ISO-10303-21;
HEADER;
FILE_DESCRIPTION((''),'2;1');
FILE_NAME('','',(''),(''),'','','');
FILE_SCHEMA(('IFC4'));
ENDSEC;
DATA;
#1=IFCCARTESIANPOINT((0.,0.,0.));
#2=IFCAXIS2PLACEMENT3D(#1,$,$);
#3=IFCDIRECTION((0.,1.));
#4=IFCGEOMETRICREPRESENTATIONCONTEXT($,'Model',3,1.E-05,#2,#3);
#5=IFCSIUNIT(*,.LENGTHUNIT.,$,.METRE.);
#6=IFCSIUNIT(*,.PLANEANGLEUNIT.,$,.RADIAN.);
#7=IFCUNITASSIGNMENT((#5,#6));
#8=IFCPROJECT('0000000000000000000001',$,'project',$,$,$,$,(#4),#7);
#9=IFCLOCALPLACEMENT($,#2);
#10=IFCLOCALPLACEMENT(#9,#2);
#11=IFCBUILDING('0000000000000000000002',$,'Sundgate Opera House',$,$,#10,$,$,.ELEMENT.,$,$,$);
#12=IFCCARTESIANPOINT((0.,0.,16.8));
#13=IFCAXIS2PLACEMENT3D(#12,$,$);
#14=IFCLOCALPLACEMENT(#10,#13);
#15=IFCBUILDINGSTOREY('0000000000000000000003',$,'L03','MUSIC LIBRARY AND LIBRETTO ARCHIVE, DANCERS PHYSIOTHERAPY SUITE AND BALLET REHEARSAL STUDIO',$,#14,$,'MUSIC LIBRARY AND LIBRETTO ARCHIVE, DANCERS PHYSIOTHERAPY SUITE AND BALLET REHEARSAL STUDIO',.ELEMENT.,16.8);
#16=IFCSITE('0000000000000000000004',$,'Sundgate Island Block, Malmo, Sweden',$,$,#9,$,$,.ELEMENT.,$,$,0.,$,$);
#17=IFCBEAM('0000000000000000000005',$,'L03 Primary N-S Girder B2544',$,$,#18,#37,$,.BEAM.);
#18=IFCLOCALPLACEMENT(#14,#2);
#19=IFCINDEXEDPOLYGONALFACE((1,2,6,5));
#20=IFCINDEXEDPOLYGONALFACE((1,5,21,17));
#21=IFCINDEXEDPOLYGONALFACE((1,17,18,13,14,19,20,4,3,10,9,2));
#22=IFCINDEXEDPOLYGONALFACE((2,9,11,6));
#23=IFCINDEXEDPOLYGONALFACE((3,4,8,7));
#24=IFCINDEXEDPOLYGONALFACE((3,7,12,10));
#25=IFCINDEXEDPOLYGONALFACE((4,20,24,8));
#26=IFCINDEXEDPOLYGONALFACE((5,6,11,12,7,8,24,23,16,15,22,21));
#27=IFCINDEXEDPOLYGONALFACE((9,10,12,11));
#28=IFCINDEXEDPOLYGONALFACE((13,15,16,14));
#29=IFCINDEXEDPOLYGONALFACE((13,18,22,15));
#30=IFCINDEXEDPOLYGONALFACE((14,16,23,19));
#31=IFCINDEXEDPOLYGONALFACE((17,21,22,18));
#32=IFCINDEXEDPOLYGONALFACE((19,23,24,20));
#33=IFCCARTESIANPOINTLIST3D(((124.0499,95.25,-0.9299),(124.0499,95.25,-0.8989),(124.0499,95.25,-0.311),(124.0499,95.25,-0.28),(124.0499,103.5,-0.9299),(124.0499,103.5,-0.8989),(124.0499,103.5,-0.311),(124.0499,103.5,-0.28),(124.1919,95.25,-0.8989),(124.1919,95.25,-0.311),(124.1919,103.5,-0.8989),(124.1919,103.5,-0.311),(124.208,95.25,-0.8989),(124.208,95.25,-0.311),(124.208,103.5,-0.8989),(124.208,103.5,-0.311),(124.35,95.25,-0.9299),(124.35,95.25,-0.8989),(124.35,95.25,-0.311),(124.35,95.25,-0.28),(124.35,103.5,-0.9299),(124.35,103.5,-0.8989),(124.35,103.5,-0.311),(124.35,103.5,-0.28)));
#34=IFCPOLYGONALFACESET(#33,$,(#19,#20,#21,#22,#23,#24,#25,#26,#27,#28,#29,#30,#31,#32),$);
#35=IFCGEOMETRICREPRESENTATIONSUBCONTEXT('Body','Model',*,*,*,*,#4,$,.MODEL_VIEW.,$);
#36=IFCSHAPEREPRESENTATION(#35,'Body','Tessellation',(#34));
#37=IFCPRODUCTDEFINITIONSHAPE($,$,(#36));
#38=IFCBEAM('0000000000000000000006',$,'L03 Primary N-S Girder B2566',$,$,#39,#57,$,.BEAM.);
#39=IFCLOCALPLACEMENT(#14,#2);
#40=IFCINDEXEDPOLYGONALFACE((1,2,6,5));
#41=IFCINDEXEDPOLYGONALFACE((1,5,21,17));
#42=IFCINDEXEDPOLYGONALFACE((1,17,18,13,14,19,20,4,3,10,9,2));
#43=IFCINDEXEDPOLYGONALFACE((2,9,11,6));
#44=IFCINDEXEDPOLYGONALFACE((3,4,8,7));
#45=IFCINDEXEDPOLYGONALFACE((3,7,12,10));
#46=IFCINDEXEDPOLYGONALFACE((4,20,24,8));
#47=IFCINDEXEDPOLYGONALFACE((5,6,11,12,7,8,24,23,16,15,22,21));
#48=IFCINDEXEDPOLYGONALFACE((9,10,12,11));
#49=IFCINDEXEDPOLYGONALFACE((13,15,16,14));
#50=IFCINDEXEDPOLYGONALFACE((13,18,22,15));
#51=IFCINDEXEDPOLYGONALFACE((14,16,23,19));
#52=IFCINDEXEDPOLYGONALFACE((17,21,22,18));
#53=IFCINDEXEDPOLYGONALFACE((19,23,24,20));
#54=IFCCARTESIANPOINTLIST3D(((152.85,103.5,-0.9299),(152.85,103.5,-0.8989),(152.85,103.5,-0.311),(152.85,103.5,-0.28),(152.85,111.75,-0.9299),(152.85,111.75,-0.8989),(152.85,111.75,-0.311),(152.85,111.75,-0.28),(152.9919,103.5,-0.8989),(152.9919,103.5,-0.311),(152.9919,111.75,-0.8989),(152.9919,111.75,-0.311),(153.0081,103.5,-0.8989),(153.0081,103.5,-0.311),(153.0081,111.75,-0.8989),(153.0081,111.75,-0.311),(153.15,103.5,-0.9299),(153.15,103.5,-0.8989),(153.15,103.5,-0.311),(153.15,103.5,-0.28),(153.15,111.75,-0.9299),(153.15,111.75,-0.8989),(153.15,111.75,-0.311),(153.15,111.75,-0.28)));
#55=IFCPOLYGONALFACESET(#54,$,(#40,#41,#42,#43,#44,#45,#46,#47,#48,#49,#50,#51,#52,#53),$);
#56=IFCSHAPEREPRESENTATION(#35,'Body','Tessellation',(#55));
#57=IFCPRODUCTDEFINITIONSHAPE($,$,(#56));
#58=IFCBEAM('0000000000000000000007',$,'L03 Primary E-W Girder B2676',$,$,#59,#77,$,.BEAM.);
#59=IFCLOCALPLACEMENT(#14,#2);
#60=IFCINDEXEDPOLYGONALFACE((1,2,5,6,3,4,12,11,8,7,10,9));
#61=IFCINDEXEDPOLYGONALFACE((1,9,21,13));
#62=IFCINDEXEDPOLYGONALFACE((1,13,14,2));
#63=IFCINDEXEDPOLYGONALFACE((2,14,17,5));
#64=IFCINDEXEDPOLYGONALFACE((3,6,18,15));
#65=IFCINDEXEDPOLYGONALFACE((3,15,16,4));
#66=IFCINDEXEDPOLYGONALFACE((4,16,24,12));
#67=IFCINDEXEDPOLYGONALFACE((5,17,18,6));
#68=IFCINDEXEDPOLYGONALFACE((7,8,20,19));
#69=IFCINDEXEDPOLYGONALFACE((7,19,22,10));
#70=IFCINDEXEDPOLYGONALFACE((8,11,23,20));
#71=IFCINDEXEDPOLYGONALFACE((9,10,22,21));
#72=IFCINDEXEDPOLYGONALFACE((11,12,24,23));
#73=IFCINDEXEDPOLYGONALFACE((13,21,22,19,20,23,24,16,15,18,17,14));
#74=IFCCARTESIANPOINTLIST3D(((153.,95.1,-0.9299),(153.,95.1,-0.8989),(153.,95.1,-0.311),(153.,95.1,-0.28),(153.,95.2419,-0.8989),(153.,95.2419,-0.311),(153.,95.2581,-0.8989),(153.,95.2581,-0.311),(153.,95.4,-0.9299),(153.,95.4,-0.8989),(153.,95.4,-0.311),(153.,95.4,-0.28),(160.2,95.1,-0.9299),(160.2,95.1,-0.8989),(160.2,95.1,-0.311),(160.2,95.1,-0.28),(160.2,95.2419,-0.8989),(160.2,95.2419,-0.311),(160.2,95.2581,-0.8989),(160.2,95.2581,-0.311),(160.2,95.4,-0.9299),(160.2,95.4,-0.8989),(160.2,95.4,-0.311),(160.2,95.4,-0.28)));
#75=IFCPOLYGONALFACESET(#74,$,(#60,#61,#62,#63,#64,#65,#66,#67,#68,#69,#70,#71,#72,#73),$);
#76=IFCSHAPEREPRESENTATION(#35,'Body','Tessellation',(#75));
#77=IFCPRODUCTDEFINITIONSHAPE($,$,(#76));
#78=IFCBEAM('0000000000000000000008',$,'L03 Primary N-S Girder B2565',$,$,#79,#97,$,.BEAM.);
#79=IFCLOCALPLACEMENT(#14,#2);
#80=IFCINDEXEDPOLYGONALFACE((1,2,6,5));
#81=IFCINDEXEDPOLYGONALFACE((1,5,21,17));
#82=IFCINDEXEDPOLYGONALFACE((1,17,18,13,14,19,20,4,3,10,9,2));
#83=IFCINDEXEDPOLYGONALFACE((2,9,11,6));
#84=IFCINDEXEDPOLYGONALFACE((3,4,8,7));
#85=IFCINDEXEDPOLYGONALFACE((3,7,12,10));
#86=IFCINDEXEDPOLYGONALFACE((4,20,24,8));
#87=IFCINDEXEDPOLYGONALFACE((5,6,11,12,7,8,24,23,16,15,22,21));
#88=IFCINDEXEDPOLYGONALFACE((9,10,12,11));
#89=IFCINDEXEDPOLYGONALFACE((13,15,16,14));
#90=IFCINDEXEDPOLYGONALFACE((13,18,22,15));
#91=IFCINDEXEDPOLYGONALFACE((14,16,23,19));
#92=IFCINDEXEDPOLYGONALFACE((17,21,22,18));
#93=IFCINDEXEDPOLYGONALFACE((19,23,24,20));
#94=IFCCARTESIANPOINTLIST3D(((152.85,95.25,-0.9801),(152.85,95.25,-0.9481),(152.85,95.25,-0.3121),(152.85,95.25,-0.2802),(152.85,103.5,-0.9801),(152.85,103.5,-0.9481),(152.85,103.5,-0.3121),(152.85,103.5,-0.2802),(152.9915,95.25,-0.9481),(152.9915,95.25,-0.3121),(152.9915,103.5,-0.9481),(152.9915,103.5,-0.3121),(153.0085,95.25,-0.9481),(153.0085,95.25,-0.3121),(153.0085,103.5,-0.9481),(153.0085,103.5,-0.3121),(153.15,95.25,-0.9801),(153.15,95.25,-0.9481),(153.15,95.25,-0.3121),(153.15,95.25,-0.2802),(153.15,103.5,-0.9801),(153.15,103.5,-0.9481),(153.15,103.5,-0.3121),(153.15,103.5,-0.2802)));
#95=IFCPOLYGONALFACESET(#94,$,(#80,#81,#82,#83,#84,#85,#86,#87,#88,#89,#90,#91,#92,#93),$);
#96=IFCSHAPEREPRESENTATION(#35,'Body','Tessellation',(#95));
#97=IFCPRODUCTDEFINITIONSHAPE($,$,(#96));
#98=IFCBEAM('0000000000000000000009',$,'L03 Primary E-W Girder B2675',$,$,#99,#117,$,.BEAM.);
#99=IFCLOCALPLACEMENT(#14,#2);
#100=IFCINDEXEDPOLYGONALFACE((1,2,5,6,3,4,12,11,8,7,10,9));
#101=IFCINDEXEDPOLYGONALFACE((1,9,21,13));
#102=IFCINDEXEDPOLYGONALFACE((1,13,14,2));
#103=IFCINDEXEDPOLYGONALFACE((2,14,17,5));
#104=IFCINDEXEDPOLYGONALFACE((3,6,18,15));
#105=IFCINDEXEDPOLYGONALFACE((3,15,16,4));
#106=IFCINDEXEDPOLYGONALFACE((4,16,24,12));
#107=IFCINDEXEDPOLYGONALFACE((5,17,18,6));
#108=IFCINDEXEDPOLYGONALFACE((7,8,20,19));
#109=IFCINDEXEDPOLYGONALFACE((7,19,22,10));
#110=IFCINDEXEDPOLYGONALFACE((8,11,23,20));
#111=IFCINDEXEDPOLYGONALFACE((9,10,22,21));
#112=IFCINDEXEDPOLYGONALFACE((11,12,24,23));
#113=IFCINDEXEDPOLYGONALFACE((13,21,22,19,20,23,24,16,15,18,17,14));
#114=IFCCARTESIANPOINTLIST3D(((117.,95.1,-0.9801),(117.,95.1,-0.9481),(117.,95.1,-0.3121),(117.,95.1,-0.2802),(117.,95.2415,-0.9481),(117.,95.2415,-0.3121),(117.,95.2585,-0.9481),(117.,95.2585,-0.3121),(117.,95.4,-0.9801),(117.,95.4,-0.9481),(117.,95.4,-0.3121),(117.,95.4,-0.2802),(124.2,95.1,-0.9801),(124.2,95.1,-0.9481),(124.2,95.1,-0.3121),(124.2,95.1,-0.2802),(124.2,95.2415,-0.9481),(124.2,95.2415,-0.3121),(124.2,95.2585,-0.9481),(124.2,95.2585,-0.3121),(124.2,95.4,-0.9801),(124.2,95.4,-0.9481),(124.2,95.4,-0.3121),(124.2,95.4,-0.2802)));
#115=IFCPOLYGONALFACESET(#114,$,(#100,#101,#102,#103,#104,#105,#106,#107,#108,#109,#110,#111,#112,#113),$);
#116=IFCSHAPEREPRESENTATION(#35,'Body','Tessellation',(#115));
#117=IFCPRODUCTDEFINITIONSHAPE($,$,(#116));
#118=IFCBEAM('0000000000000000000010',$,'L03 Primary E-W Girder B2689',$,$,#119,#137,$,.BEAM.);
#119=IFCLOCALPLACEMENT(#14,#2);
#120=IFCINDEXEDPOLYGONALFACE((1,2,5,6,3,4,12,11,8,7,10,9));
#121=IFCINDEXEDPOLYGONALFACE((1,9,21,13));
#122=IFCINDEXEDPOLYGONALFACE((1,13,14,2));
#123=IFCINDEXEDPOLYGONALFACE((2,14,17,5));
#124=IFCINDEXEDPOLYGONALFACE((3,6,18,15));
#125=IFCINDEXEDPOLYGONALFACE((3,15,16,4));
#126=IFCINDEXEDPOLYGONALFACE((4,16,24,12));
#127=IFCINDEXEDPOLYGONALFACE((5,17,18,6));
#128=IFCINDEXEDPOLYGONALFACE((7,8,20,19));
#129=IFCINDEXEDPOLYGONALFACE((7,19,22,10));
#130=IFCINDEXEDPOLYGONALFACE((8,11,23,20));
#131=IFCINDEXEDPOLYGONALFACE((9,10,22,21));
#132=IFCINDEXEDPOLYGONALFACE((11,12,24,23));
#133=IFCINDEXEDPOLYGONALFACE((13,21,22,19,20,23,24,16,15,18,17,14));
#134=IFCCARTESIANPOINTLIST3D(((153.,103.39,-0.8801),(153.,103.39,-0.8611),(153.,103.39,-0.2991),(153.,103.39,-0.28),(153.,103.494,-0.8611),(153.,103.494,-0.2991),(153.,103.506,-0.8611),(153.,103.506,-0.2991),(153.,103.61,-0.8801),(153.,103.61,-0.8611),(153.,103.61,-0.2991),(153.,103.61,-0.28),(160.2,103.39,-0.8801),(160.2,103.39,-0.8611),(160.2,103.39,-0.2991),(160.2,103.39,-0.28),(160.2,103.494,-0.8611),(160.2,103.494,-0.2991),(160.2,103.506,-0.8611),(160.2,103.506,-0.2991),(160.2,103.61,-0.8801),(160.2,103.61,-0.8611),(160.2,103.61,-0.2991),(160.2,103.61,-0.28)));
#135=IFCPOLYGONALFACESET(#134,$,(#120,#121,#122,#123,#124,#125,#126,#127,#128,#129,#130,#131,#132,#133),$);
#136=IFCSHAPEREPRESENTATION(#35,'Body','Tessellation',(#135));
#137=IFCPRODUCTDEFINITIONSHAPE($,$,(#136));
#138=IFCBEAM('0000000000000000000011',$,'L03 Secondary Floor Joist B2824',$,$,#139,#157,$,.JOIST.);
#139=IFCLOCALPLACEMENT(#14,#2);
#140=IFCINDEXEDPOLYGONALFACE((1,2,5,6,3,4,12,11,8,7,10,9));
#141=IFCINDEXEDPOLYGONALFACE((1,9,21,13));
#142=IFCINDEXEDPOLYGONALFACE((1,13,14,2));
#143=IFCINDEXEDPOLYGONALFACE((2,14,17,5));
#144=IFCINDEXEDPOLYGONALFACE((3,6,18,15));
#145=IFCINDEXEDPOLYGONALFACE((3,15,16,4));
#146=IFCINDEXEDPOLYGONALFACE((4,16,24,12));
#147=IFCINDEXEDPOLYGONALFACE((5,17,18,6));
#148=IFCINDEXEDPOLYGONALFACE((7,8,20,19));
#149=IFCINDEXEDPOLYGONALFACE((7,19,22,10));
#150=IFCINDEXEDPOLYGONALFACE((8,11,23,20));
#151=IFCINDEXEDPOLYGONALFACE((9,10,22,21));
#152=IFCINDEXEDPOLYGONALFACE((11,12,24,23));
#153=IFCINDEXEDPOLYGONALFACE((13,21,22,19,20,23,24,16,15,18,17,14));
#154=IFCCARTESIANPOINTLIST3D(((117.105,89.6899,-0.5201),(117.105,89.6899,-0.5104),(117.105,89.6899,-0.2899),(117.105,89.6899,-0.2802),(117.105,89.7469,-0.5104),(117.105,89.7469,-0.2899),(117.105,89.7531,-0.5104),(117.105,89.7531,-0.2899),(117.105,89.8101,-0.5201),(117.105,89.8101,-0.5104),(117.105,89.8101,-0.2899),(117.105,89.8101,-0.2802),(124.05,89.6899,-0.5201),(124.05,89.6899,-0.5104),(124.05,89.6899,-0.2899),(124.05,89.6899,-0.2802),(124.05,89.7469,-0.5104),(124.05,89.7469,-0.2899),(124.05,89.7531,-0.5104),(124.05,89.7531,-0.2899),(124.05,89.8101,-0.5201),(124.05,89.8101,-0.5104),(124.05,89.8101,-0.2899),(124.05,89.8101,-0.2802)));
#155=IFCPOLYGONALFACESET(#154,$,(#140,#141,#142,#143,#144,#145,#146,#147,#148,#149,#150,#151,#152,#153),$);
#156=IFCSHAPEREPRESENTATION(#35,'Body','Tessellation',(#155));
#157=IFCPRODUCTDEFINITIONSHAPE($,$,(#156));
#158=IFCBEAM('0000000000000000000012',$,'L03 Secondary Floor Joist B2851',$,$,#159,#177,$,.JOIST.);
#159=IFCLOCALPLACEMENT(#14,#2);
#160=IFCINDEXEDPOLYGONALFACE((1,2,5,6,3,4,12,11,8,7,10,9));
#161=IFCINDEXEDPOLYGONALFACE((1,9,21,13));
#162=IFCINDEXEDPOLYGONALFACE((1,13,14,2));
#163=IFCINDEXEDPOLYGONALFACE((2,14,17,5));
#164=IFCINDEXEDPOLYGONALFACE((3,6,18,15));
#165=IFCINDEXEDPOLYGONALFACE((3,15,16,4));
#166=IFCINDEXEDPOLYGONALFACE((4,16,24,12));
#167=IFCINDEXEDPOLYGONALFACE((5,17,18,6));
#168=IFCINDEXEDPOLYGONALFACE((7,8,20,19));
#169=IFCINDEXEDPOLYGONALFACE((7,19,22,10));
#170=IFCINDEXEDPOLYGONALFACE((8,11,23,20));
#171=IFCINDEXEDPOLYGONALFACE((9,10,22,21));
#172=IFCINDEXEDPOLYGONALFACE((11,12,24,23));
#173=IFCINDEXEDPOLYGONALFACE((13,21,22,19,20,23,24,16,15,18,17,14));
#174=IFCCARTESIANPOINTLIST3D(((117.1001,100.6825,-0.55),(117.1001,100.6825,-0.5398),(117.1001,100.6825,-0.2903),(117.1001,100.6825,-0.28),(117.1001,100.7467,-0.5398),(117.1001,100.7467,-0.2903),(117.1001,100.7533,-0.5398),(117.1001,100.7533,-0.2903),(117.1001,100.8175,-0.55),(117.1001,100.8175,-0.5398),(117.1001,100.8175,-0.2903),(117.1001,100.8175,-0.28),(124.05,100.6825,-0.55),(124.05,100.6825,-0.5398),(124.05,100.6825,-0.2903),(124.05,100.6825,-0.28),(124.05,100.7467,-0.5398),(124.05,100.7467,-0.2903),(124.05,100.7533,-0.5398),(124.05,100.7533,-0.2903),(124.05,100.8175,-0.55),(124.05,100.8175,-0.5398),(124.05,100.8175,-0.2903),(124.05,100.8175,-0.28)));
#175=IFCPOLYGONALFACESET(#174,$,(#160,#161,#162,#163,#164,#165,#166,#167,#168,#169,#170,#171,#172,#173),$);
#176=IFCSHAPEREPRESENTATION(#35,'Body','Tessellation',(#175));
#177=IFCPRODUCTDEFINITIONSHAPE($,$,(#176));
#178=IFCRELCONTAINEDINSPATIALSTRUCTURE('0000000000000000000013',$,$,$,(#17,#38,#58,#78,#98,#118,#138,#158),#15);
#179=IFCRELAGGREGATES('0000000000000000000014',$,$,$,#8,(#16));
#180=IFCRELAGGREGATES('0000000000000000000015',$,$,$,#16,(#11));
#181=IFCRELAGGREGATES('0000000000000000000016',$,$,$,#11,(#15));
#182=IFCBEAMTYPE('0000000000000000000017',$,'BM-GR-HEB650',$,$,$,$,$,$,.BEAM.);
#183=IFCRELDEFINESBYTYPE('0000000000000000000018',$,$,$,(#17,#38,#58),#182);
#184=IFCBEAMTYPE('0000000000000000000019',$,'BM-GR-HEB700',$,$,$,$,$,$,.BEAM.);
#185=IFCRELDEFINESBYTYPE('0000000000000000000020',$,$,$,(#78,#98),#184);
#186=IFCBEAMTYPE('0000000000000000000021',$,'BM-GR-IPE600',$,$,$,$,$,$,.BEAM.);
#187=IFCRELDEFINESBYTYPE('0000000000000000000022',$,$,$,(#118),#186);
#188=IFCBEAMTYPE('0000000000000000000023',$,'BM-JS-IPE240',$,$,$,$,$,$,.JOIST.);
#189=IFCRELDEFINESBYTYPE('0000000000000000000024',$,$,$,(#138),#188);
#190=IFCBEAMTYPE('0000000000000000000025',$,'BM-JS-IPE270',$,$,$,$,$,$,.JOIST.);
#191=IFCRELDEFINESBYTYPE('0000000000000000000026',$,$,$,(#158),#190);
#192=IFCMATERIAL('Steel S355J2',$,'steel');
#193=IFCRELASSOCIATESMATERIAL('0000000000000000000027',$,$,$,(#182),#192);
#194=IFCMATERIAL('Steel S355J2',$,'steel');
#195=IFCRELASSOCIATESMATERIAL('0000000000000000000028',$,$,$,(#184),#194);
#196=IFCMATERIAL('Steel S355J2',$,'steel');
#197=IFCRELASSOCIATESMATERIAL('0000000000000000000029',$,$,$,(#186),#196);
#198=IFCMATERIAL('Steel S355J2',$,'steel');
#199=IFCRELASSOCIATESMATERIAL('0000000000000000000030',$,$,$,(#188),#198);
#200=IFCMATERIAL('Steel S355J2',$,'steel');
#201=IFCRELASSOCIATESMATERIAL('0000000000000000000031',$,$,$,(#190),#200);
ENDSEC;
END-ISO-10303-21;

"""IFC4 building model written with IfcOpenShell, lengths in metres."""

from ifc_helpers import new_model, si_unit, direction, frame, origin, origin_2d, place, context, subcontext, project, spatial, i_section, extrude, material, material_profile, profile_set, type_object, element, save


model = new_model("IFC4")

# Units and contexts
model_context = context("Model", 3, precision=1e-05, world=origin(), true_north=direction((0.0, 1.0)))
body_context = subcontext(model_context, "Body", "Model", "MODEL_VIEW")
ifc_project = project(units=[si_unit("LENGTHUNIT", "METRE"), si_unit("PLANEANGLEUNIT", "RADIAN")], contexts=[model_context])

# Site, building, storey
site_placement = place(None, origin())
site = spatial("IfcSite", under=ifc_project, at=site_placement, Name="Sundgate Island Block, Malmo, Sweden", CompositionType="ELEMENT", RefElevation=0.0)
building_placement = place(site_placement, origin())
building = spatial("IfcBuilding", under=site, at=building_placement, Name="Sundgate Opera House", CompositionType="ELEMENT")
storey_placement = place(building_placement, frame((0.0, 0.0, 16.8)))
storey = spatial("IfcBuildingStorey", under=building, at=storey_placement, Name="L03", Description="MUSIC LIBRARY AND LIBRETTO ARCHIVE, DANCERS PHYSIOTHERAPY SUITE AND BALLET REHEARSAL STUDIO", LongName="MUSIC LIBRARY AND LIBRETTO ARCHIVE, DANCERS PHYSIOTHERAPY SUITE AND BALLET REHEARSAL STUDIO", CompositionType="ELEMENT", Elevation=16.8)

# Beams
ifc_material_1 = material(Name="Steel S355J2", Category="steel")
ifc_material_profile_1 = material_profile(ifc_material_1, i_section(OverallWidth=0.3, OverallDepth=0.6499, WebThickness=0.0161, FlangeThickness=0.031, at=origin_2d()), Name="HEB 650")
ifc_profile_set_1 = profile_set([ifc_material_profile_1], Name="Steel S355J2")
beam_type_1 = type_object("IfcBeamType", Name="BM-GR-HEB650", PredefinedType="BEAM", material=ifc_profile_set_1)
for number, where, z_axis, x_axis, name in (
    (1, (124.2, 95.25, -0.605), (0.0, 1.0, 0.0), (-1.0, 0.0, 0.0), "L03 Primary N-S Girder B2544"),
    (2, (153.0, 103.5, -0.605), (0.0, 1.0, 0.0), (-1.0, 0.0, 0.0), "L03 Primary N-S Girder B2566"),
):
    element("IfcBeam", number, at=place(storey_placement, frame(where, z_axis=z_axis, x_axis=x_axis)), inside=storey, type_object=beam_type_1, Name=name, PredefinedType="BEAM", context=body_context, shape_type="SweptSolid", body=[
        extrude(i_section(OverallWidth=0.3, OverallDepth=0.6499, WebThickness=0.0161, FlangeThickness=0.031, at=origin_2d()), origin(), (0.0, 0.0, 1.0), 8.25),
    ])
beam_1_placement = place(storey_placement, frame((153.0, 95.25, -0.605), z_axis=(1.0, 0.0, 0.0), x_axis=(0.0, 1.0, 0.0)))
element("IfcBeam", 3, at=beam_1_placement, inside=storey, type_object=beam_type_1, Name="L03 Primary E-W Girder B2676", PredefinedType="BEAM", context=body_context, shape_type="SweptSolid", body=[
    extrude(i_section(OverallWidth=0.3, OverallDepth=0.6499, WebThickness=0.0161, FlangeThickness=0.031, at=origin_2d()), origin(), (0.0, 0.0, 1.0), 7.2),
])
ifc_material_2 = material(Name="Steel S355J2", Category="steel")
ifc_material_profile_2 = material_profile(ifc_material_2, i_section(OverallWidth=0.3, OverallDepth=0.7, WebThickness=0.0171, FlangeThickness=0.032, at=origin_2d()), Name="HEB 700")
ifc_profile_set_2 = profile_set([ifc_material_profile_2], Name="Steel S355J2")
beam_type_2 = type_object("IfcBeamType", Name="BM-GR-HEB700", PredefinedType="BEAM", material=ifc_profile_set_2)
beam_2_placement = place(storey_placement, frame((153.0, 95.25, -0.6301), z_axis=(0.0, 1.0, 0.0), x_axis=(-1.0, 0.0, 0.0)))
element("IfcBeam", 4, at=beam_2_placement, inside=storey, type_object=beam_type_2, Name="L03 Primary N-S Girder B2565", PredefinedType="BEAM", context=body_context, shape_type="SweptSolid", body=[
    extrude(i_section(OverallWidth=0.3, OverallDepth=0.7, WebThickness=0.0171, FlangeThickness=0.032, at=origin_2d()), origin(), (0.0, 0.0, 1.0), 8.25),
])
beam_3_placement = place(storey_placement, frame((117.0, 95.25, -0.6301), z_axis=(1.0, 0.0, 0.0), x_axis=(0.0, 1.0, 0.0)))
element("IfcBeam", 5, at=beam_3_placement, inside=storey, type_object=beam_type_2, Name="L03 Primary E-W Girder B2675", PredefinedType="BEAM", context=body_context, shape_type="SweptSolid", body=[
    extrude(i_section(OverallWidth=0.3, OverallDepth=0.7, WebThickness=0.0171, FlangeThickness=0.032, at=origin_2d()), origin(), (0.0, 0.0, 1.0), 7.2),
])
ifc_material_3 = material(Name="Steel S355J2", Category="steel")
ifc_material_profile_3 = material_profile(ifc_material_3, i_section(OverallWidth=0.22, OverallDepth=0.6001, WebThickness=0.012, FlangeThickness=0.019, at=origin_2d()), Name="IPE 600")
ifc_profile_set_3 = profile_set([ifc_material_profile_3], Name="Steel S355J2")
beam_type_3 = type_object("IfcBeamType", Name="BM-GR-IPE600", PredefinedType="BEAM", material=ifc_profile_set_3)
beam_4_placement = place(storey_placement, frame((153.0, 103.5, -0.5801), z_axis=(1.0, 0.0, 0.0), x_axis=(0.0, 1.0, 0.0)))
element("IfcBeam", 6, at=beam_4_placement, inside=storey, type_object=beam_type_3, Name="L03 Primary E-W Girder B2689", PredefinedType="BEAM", context=body_context, shape_type="SweptSolid", body=[
    extrude(i_section(OverallWidth=0.22, OverallDepth=0.6001, WebThickness=0.012, FlangeThickness=0.019, at=origin_2d()), origin(), (0.0, 0.0, 1.0), 7.2),
])
ifc_material_4 = material(Name="Steel S355J2", Category="steel")
ifc_material_profile_4 = material_profile(ifc_material_4, i_section(OverallWidth=0.1201, OverallDepth=0.24, WebThickness=0.0061, FlangeThickness=0.0098, at=origin_2d()), Name="IPE 240")
ifc_profile_set_4 = profile_set([ifc_material_profile_4], Name="Steel S355J2")
beam_type_4 = type_object("IfcBeamType", Name="BM-JS-IPE240", PredefinedType="JOIST", material=ifc_profile_set_4)
beam_5_placement = place(storey_placement, frame((117.105, 89.75, -0.4001), z_axis=(1.0, 0.0, 0.0), x_axis=(0.0, 1.0, 0.0)))
element("IfcBeam", 7, at=beam_5_placement, inside=storey, type_object=beam_type_4, Name="L03 Secondary Floor Joist B2824", PredefinedType="JOIST", context=body_context, shape_type="SweptSolid", body=[
    extrude(i_section(OverallWidth=0.1201, OverallDepth=0.24, WebThickness=0.0061, FlangeThickness=0.0098, at=origin_2d()), origin(), (0.0, 0.0, 1.0), 6.9451),
])
ifc_material_5 = material(Name="Steel S355J2", Category="steel")
ifc_material_profile_5 = material_profile(ifc_material_5, i_section(OverallWidth=0.135, OverallDepth=0.27, WebThickness=0.0066, FlangeThickness=0.0103, at=origin_2d()), Name="IPE 270")
ifc_profile_set_5 = profile_set([ifc_material_profile_5], Name="Steel S355J2")
beam_type_5 = type_object("IfcBeamType", Name="BM-JS-IPE270", PredefinedType="JOIST", material=ifc_profile_set_5)
beam_6_placement = place(storey_placement, frame((117.1001, 100.75, -0.415), z_axis=(1.0, 0.0, 0.0), x_axis=(0.0, 1.0, 0.0)))
element("IfcBeam", 8, at=beam_6_placement, inside=storey, type_object=beam_type_5, Name="L03 Secondary Floor Joist B2851", PredefinedType="JOIST", context=body_context, shape_type="SweptSolid", body=[
    extrude(i_section(OverallWidth=0.135, OverallDepth=0.27, WebThickness=0.0066, FlangeThickness=0.0103, at=origin_2d()), origin(), (0.0, 0.0, 1.0), 6.95),
])

save(model, "model.ifc")
